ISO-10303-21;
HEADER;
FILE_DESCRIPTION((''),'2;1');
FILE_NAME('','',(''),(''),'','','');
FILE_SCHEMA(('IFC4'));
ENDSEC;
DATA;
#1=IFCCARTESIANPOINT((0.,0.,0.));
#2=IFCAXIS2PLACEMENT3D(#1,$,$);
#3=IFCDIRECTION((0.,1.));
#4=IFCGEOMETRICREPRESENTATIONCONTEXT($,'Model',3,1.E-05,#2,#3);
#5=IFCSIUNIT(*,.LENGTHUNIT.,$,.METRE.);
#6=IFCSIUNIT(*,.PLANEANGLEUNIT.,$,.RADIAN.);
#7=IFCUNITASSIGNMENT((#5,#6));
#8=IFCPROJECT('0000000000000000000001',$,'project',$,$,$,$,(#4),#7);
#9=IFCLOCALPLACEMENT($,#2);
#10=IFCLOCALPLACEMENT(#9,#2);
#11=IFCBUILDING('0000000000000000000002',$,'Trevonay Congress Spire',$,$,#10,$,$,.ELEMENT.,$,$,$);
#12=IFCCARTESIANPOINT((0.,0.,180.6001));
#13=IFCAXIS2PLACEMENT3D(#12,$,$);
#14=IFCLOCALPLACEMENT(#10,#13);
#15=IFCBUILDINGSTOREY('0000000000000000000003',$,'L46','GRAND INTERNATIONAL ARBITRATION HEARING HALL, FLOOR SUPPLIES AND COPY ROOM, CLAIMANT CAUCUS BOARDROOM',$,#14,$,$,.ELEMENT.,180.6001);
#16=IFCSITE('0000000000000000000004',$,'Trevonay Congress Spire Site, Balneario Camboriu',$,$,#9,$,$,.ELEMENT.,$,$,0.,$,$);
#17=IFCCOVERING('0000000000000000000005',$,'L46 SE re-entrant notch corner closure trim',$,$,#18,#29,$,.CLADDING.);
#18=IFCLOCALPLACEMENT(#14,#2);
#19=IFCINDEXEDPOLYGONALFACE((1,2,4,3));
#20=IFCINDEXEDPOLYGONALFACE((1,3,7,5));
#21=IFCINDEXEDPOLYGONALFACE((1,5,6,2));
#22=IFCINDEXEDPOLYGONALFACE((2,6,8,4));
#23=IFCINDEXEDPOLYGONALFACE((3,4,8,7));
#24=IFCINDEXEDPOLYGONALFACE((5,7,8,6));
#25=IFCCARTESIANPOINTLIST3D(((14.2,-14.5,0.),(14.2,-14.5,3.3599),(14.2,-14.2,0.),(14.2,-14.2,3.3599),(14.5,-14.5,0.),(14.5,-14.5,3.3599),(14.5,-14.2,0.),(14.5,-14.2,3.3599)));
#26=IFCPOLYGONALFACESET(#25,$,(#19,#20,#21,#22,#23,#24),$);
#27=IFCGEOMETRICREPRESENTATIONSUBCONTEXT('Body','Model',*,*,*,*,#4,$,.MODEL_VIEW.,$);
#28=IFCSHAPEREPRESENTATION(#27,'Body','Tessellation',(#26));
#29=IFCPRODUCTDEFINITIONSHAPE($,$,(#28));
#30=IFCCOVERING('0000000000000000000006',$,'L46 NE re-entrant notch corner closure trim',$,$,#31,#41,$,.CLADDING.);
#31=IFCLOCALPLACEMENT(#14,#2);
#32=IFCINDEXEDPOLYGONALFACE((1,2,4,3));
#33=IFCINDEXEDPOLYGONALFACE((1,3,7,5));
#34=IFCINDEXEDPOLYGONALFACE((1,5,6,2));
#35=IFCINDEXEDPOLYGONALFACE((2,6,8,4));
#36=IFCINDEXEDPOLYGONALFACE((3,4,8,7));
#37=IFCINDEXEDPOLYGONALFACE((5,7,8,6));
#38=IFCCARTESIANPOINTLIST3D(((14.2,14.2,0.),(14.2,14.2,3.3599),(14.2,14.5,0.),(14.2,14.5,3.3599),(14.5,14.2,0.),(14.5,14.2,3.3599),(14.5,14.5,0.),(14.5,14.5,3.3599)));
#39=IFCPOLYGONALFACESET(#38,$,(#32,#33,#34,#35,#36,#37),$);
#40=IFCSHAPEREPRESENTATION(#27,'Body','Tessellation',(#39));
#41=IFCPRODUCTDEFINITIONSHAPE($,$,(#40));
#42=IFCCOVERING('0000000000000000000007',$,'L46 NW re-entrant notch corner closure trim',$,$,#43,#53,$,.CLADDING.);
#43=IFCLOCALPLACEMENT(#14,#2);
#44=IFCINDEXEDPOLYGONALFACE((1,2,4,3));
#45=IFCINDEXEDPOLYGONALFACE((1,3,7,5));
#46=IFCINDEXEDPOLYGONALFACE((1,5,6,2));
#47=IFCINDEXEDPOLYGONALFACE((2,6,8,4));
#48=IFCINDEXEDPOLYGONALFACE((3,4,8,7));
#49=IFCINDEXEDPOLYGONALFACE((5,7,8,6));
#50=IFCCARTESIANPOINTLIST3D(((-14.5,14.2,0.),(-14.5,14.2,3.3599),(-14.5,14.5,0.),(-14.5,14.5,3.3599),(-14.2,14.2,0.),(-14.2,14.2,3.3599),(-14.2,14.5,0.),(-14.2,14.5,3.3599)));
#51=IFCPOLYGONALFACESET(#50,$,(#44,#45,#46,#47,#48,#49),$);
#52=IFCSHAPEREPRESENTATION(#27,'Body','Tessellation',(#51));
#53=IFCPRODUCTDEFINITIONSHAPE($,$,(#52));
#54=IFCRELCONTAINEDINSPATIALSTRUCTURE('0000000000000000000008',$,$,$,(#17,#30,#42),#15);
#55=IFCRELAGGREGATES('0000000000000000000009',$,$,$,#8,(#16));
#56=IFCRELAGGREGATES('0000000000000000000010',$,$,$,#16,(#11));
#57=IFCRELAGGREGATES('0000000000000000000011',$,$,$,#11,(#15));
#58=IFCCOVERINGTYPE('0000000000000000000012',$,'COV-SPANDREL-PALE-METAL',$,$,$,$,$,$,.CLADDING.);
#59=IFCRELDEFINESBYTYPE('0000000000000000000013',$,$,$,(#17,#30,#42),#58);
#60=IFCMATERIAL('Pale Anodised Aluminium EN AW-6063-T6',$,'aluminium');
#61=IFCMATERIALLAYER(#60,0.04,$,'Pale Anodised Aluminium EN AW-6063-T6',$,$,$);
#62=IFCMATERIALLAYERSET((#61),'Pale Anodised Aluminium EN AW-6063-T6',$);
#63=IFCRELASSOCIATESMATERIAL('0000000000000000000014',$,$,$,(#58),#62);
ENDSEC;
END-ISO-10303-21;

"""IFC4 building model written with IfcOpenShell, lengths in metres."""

from ifc_helpers import new_model, si_unit, direction, frame, origin, place, context, subcontext, project, spatial, polyline, outline, extrude, material, layer, layer_set, type_object, element, save


model = new_model("IFC4")

# Units and contexts
model_context = context("Model", 3, precision=1e-05, world=origin(), true_north=direction((0.0, 1.0)))
body_context = subcontext(model_context, "Body", "Model", "MODEL_VIEW")
ifc_project = project(units=[si_unit("LENGTHUNIT", "METRE"), si_unit("PLANEANGLEUNIT", "RADIAN")], contexts=[model_context])

# Site, building, storey
site_placement = place(None, origin())
site = spatial("IfcSite", under=ifc_project, at=site_placement, Name="Trevonay Congress Spire Site, Balneario Camboriu", CompositionType="ELEMENT", RefElevation=0.0)
building_placement = place(site_placement, origin())
building = spatial("IfcBuilding", under=site, at=building_placement, Name="Trevonay Congress Spire", CompositionType="ELEMENT")
storey_placement = place(building_placement, frame((0.0, 0.0, 180.6001)))
storey = spatial("IfcBuildingStorey", under=building, at=storey_placement, Name="L46", Description="GRAND INTERNATIONAL ARBITRATION HEARING HALL, FLOOR SUPPLIES AND COPY ROOM, CLAIMANT CAUCUS BOARDROOM", CompositionType="ELEMENT", Elevation=180.6001)

# Shared definitions
ifc_material_1 = material(Name="Pale Anodised Aluminium EN AW-6063-T6", Category="aluminium")

# Coverings
ifc_layer_1 = layer(ifc_material_1, 0.04, Name="Pale Anodised Aluminium EN AW-6063-T6")
ifc_layer_set_1 = layer_set([ifc_layer_1], Name="Pale Anodised Aluminium EN AW-6063-T6")
covering_type = type_object("IfcCoveringType", Name="COV-SPANDREL-PALE-METAL", PredefinedType="CLADDING", material=ifc_layer_set_1)
covering_1_placement = place(storey_placement, origin())
element("IfcCovering", 1, at=covering_1_placement, inside=storey, type_object=covering_type, Name="L46 SE re-entrant notch corner closure trim", PredefinedType="CLADDING", context=body_context, shape_type="SweptSolid", body=[
    extrude(outline(polyline([(14.2, -14.5), (14.5, -14.5), (14.5, -14.2), (14.2, -14.2), (14.2, -14.5)])), origin(), (0.0, 0.0, 1.0), 3.3599),
])
covering_2_placement = place(storey_placement, origin())
element("IfcCovering", 2, at=covering_2_placement, inside=storey, type_object=covering_type, Name="L46 NE re-entrant notch corner closure trim", PredefinedType="CLADDING", context=body_context, shape_type="SweptSolid", body=[
    extrude(outline(polyline([(14.2, 14.2), (14.5, 14.2), (14.5, 14.5), (14.2, 14.5), (14.2, 14.2)])), origin(), (0.0, 0.0, 1.0), 3.3599),
])
covering_3_placement = place(storey_placement, origin())
element("IfcCovering", 3, at=covering_3_placement, inside=storey, type_object=covering_type, Name="L46 NW re-entrant notch corner closure trim", PredefinedType="CLADDING", context=body_context, shape_type="SweptSolid", body=[
    extrude(outline(polyline([(-14.5, 14.2), (-14.2, 14.2), (-14.2, 14.5), (-14.5, 14.5), (-14.5, 14.2)])), origin(), (0.0, 0.0, 1.0), 3.3599),
])

save(model, "model.ifc")
